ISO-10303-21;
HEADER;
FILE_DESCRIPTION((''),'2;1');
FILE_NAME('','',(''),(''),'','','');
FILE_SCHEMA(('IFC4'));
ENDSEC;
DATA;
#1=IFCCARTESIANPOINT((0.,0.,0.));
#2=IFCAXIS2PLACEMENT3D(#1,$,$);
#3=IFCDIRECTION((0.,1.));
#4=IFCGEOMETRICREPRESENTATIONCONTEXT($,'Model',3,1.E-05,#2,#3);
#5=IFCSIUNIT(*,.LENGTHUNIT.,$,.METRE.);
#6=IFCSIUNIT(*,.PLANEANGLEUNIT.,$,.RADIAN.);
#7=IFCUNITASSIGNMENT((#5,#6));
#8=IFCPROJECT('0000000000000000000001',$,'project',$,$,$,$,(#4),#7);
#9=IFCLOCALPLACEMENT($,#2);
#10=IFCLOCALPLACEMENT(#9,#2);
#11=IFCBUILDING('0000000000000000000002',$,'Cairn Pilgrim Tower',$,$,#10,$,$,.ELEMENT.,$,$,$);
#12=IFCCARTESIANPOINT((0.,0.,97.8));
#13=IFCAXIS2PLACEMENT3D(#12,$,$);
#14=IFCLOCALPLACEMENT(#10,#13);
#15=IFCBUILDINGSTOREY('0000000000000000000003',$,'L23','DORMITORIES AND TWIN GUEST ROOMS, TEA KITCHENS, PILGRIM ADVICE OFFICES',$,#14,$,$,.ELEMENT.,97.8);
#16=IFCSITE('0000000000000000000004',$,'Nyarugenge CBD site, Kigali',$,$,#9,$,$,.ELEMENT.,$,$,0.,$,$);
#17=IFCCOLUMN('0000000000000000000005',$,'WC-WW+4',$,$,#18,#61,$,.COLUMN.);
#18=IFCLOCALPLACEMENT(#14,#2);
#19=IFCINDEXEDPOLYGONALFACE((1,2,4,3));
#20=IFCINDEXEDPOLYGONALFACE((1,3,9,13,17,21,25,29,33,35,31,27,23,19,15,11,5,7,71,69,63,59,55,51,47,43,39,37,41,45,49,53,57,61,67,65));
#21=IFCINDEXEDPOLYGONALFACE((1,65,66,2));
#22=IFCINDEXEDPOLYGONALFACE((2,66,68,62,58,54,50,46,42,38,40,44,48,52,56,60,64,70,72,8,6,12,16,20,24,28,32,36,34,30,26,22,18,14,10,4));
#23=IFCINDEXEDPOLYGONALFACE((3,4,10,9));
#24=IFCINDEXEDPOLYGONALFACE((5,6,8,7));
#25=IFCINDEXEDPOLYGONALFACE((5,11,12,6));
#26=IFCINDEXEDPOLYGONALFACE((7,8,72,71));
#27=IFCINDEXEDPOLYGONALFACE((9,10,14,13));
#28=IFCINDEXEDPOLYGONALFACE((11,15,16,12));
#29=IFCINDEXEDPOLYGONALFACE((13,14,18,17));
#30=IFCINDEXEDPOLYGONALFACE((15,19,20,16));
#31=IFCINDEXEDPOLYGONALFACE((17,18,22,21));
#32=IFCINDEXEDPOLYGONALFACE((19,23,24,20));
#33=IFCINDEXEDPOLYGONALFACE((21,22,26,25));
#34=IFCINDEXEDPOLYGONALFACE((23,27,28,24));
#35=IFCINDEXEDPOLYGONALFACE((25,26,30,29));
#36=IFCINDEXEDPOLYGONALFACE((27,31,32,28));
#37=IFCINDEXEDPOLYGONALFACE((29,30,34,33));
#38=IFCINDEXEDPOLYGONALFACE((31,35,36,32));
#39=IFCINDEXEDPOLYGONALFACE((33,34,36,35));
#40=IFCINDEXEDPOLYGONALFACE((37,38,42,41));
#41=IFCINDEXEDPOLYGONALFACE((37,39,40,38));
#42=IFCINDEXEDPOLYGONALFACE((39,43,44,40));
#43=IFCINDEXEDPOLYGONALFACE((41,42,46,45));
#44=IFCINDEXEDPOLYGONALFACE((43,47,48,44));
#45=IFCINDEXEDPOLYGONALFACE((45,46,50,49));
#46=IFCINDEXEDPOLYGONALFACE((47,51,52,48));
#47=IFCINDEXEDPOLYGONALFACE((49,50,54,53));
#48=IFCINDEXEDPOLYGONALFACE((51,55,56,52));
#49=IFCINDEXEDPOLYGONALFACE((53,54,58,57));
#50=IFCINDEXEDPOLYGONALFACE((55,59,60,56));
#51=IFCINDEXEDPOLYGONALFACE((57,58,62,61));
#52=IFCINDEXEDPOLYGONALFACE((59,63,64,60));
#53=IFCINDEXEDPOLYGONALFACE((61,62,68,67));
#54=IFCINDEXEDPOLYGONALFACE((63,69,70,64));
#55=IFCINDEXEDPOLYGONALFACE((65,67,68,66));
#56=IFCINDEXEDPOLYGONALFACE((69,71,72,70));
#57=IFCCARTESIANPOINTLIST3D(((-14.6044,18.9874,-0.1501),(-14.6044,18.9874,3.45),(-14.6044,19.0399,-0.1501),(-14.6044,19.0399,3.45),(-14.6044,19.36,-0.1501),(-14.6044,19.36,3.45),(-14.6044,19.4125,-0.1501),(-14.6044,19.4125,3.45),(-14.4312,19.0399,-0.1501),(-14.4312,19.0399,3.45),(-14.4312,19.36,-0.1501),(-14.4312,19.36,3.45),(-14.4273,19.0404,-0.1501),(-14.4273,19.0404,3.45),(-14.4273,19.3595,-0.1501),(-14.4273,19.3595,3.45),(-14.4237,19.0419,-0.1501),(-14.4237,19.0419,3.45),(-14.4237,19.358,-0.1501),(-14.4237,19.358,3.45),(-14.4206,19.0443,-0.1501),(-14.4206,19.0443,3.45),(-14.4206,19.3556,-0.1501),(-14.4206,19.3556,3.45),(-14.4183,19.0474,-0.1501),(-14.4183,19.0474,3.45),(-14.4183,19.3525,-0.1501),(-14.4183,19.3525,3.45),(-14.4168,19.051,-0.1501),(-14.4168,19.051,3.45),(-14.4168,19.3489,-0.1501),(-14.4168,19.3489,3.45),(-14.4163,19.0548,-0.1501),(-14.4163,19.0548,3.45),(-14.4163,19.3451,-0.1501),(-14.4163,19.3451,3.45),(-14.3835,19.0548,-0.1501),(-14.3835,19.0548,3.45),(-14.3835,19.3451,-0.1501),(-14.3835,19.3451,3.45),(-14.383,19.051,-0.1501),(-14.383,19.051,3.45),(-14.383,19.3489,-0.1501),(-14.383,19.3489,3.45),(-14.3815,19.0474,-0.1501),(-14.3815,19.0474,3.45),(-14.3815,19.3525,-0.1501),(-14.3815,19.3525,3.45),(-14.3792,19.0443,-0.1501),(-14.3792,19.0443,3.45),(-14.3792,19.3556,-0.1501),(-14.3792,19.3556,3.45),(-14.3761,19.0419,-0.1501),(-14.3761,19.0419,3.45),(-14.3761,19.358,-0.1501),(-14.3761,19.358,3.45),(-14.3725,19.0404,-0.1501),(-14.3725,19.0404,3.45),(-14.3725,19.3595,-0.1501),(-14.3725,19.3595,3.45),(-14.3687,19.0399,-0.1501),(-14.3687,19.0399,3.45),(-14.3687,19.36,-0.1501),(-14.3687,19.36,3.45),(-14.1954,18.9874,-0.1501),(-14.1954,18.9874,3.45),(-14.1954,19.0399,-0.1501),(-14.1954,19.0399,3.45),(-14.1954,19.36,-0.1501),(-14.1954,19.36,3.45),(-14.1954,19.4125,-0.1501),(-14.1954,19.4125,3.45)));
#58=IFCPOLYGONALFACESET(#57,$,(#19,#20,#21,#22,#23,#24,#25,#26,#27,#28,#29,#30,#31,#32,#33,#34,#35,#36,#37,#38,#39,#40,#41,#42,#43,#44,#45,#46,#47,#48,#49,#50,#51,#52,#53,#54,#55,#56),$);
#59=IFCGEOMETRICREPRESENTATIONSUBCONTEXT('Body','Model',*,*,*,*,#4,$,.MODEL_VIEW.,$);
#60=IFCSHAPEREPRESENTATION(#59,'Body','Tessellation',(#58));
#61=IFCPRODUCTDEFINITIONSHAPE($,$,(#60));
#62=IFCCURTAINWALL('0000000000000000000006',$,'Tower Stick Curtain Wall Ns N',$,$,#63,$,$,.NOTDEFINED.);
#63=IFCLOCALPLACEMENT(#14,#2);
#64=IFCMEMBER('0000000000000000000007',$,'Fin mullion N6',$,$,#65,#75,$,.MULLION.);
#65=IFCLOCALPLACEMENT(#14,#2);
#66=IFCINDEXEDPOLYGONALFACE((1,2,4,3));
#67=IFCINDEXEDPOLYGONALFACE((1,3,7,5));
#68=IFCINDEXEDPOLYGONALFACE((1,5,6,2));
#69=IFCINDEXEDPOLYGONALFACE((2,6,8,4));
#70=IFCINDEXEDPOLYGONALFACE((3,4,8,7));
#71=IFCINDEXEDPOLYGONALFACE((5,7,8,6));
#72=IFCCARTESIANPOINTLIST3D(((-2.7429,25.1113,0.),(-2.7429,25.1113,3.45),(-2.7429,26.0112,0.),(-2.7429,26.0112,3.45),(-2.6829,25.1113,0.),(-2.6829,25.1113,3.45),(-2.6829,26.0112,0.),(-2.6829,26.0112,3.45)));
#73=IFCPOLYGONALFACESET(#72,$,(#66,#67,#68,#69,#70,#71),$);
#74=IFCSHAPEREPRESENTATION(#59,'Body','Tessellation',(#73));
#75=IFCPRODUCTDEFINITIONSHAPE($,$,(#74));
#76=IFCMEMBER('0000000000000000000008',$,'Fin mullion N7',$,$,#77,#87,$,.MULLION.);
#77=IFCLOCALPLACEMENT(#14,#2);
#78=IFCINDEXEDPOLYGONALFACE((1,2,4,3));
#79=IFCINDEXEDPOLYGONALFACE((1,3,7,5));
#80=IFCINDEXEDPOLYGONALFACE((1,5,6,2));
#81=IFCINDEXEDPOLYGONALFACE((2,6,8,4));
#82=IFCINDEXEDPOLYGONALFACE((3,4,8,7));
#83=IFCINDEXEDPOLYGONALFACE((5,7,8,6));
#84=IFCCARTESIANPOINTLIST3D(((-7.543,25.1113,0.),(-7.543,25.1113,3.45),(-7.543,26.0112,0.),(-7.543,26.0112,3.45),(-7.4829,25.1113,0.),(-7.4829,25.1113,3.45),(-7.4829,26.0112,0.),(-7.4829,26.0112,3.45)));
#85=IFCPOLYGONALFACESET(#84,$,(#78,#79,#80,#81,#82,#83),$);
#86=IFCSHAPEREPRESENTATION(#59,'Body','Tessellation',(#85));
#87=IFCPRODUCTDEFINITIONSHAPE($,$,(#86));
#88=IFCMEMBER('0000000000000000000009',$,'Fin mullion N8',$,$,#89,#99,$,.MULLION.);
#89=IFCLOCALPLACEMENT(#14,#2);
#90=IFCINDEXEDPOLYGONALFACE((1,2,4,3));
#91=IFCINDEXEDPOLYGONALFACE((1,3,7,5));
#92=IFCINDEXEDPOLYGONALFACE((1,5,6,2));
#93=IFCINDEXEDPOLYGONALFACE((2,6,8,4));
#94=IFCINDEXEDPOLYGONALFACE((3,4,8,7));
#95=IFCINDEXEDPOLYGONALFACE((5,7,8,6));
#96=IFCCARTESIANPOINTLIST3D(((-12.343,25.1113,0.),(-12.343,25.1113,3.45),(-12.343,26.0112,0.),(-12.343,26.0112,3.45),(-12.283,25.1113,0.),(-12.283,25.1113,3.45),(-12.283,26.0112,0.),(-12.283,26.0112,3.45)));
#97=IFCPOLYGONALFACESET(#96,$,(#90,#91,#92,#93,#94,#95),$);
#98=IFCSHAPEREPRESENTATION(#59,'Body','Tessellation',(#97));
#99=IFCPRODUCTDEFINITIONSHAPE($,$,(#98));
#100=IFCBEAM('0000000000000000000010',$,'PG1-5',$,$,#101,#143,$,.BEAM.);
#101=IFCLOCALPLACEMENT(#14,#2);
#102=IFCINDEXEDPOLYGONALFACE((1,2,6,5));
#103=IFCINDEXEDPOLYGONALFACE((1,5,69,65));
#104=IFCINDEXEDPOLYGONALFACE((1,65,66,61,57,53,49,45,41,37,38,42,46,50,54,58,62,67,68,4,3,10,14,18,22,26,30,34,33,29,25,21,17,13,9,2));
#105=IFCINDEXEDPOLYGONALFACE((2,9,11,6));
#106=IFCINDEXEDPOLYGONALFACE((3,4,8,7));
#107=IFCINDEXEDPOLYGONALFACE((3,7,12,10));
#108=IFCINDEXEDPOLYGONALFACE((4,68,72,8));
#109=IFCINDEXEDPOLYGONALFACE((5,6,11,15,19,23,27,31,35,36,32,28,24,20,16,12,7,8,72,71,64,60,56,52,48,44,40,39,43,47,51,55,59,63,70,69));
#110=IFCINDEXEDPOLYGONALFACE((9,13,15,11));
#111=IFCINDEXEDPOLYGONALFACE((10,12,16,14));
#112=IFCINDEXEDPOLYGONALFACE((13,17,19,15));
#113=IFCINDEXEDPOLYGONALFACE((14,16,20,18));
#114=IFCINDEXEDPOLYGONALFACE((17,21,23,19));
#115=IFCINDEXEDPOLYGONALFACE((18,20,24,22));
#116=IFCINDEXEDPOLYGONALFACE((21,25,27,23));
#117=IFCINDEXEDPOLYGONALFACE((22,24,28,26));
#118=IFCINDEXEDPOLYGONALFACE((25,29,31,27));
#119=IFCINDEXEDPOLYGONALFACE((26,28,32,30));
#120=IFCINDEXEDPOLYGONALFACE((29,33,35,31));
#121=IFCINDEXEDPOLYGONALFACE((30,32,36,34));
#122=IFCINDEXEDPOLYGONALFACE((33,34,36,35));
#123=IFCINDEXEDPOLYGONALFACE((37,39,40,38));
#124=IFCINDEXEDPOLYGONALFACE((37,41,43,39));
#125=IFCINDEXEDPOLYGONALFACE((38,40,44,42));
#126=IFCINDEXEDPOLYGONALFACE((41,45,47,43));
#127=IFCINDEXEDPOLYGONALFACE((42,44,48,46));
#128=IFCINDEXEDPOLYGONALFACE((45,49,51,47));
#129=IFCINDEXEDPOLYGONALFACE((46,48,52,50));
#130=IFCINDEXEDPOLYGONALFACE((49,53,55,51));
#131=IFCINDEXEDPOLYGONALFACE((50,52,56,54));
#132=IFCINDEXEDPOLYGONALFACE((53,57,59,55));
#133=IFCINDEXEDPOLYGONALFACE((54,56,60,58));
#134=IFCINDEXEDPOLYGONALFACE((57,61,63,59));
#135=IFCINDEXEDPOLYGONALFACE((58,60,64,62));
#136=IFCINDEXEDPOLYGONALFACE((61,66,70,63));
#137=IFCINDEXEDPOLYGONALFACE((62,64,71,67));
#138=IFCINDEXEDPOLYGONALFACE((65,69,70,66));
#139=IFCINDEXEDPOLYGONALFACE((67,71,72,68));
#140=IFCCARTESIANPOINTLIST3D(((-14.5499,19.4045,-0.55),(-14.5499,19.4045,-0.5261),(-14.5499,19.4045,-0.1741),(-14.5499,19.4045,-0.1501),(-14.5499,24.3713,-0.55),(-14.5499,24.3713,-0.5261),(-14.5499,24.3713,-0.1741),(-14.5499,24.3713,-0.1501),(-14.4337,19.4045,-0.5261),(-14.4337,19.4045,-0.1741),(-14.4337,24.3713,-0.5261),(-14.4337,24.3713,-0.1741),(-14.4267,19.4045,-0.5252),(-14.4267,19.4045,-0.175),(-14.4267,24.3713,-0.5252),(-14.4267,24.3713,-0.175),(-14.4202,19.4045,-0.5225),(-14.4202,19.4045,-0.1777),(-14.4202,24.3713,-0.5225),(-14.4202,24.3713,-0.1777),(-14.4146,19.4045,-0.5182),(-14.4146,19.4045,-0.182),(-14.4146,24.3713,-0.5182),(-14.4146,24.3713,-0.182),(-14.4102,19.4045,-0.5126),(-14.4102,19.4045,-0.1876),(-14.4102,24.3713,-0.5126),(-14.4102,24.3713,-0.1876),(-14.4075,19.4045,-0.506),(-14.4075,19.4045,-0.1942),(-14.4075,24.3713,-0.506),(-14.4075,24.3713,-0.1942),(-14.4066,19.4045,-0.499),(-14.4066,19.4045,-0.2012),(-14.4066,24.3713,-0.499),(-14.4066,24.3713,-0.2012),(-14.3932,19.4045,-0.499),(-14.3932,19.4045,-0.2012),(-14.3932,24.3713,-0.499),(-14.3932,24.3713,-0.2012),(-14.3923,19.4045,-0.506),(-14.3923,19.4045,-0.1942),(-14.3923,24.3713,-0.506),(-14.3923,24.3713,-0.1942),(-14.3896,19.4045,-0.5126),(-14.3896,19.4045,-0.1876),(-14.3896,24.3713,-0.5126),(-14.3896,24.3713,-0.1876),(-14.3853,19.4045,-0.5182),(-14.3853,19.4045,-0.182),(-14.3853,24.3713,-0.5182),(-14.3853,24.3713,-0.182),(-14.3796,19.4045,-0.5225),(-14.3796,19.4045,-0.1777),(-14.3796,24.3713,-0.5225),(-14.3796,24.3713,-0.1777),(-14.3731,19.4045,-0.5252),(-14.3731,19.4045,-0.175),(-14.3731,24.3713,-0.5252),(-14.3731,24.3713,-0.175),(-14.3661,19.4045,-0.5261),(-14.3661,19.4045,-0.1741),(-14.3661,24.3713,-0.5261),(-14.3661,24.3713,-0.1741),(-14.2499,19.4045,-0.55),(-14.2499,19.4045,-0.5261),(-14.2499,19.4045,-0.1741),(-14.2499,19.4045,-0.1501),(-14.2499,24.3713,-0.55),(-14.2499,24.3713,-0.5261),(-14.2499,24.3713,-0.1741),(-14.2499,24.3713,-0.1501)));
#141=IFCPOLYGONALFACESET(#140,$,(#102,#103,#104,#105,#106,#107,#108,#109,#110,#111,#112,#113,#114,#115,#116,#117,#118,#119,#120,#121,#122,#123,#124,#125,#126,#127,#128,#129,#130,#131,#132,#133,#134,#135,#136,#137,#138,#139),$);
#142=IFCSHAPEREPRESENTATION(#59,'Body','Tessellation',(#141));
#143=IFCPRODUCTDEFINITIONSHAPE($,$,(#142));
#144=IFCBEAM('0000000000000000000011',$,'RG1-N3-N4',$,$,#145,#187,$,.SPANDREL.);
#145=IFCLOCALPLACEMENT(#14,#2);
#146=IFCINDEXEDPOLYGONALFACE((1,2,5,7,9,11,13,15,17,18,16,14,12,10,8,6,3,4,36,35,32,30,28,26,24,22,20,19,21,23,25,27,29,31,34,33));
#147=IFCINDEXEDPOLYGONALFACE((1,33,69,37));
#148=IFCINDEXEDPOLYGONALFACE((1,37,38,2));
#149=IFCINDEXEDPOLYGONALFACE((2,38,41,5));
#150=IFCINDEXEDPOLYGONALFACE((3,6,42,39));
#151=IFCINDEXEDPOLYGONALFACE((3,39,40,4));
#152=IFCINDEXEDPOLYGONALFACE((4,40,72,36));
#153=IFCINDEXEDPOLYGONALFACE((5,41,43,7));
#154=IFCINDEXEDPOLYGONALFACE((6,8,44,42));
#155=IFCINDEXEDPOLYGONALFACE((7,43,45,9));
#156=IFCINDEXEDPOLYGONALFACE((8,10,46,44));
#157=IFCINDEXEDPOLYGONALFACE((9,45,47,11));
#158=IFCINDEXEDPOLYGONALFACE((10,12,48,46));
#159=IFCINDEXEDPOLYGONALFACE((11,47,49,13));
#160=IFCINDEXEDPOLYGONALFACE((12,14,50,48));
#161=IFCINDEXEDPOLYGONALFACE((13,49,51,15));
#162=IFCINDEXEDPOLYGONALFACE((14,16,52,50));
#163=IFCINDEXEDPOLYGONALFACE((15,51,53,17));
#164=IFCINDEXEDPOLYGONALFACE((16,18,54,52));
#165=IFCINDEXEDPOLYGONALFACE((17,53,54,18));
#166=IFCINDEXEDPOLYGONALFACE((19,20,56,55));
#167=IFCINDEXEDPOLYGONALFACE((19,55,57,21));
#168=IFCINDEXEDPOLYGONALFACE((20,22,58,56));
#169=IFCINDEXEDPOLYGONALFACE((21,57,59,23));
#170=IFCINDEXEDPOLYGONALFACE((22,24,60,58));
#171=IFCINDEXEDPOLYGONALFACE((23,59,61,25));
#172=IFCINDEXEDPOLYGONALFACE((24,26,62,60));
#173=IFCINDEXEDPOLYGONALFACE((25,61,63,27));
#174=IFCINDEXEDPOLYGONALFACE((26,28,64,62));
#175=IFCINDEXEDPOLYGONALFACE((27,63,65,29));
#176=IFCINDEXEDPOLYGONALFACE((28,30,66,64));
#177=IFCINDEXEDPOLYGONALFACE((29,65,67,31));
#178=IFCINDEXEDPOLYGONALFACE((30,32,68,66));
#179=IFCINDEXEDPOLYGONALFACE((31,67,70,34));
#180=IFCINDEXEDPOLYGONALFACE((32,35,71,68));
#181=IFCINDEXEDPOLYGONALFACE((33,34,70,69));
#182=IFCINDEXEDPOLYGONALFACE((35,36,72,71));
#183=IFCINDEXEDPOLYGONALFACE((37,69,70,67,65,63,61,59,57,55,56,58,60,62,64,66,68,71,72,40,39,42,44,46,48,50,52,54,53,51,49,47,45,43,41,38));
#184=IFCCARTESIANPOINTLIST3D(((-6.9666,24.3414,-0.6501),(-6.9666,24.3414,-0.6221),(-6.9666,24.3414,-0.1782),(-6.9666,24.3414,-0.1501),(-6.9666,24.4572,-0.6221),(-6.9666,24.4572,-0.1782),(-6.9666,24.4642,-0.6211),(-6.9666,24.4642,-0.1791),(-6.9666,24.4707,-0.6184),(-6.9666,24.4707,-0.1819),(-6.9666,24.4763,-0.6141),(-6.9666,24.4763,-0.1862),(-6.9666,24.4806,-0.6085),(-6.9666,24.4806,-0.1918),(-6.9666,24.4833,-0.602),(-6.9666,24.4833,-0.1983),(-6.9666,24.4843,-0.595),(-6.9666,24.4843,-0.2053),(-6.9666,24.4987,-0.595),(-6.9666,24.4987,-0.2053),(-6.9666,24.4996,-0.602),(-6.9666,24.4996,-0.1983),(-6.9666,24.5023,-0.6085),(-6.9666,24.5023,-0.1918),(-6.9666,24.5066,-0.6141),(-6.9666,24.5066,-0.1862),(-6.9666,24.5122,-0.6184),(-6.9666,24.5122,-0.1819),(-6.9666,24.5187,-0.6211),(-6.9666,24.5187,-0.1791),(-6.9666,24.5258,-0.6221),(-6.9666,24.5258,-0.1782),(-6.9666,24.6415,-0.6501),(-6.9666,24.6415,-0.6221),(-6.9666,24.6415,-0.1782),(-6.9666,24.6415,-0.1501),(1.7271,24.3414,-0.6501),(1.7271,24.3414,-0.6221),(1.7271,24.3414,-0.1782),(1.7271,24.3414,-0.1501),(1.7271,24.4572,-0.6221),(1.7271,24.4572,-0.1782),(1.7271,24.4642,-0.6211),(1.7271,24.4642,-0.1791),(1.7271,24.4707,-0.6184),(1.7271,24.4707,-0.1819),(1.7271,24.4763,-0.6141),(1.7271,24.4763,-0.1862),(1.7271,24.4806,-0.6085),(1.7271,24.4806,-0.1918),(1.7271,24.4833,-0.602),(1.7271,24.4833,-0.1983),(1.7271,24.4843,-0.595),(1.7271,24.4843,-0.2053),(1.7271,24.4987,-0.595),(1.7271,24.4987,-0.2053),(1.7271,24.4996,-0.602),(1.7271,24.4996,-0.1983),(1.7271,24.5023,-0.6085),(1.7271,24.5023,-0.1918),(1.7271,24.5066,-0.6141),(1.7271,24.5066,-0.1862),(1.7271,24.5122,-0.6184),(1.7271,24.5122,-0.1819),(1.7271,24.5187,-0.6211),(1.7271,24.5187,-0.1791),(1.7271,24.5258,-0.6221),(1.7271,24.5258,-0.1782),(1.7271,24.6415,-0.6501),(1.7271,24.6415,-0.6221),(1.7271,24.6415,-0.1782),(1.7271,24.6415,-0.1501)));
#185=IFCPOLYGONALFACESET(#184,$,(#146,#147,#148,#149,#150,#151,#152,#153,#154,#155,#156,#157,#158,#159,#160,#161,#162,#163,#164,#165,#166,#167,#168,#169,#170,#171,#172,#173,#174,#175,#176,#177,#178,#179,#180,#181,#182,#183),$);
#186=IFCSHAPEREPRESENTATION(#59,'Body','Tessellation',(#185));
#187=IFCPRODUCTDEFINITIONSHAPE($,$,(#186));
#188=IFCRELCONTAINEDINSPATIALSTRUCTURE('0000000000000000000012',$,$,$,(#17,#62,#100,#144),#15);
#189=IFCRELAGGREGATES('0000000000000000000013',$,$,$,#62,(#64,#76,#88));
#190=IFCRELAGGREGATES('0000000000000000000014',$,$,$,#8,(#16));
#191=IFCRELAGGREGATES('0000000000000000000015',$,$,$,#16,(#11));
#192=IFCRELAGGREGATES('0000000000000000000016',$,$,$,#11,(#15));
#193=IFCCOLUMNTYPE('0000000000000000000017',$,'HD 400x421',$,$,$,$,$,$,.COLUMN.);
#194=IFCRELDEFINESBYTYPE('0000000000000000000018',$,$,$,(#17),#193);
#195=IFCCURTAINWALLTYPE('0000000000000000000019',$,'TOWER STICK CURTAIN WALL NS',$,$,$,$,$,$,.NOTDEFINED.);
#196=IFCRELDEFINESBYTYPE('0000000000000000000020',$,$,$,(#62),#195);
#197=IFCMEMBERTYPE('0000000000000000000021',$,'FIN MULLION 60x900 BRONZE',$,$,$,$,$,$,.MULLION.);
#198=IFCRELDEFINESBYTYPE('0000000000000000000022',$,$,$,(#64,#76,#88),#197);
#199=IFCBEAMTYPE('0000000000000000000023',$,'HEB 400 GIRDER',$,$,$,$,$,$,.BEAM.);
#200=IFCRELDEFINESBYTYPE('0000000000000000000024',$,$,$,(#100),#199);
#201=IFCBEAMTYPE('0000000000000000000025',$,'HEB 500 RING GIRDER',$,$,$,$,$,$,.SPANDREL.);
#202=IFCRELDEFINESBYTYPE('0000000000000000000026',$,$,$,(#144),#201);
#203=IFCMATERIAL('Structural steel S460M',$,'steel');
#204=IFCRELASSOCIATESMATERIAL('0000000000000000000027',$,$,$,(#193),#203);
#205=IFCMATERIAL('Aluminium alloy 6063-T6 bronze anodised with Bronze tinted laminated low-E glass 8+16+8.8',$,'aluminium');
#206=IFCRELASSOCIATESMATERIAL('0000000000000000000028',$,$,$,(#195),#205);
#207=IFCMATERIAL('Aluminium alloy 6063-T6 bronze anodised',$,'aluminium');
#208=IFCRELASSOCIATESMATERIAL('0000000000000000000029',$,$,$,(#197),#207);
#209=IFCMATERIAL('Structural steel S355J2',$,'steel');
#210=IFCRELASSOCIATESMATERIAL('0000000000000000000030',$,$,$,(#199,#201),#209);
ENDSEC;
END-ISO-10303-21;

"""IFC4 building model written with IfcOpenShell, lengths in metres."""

from ifc_helpers import new_model, si_unit, direction, frame, origin, origin_2d, place, context, subcontext, project, spatial, rectangle, i_section, extrude, material, material_profile, profile_set, type_object, element, aggregate, save


model = new_model("IFC4")

# Units and contexts
model_context = context("Model", 3, precision=1e-05, world=origin(), true_north=direction((0.0, 1.0)))
body_context = subcontext(model_context, "Body", "Model", "MODEL_VIEW")
ifc_project = project(units=[si_unit("LENGTHUNIT", "METRE"), si_unit("PLANEANGLEUNIT", "RADIAN")], contexts=[model_context])

# Site, building, storey
site_placement = place(None, origin())
site = spatial("IfcSite", under=ifc_project, at=site_placement, Name="Nyarugenge CBD site, Kigali", CompositionType="ELEMENT", RefElevation=0.0)
building_placement = place(site_placement, origin())
building = spatial("IfcBuilding", under=site, at=building_placement, Name="Cairn Pilgrim Tower", CompositionType="ELEMENT")
storey_placement = place(building_placement, frame((0.0, 0.0, 97.8)))
storey = spatial("IfcBuildingStorey", under=building, at=storey_placement, Name="L23", Description="DORMITORIES AND TWIN GUEST ROOMS, TEA KITCHENS, PILGRIM ADVICE OFFICES", CompositionType="ELEMENT", Elevation=97.8)

# Column
ifc_material_1 = material(Name="Structural steel S460M", Category="steel")
ifc_material_profile_1 = material_profile(ifc_material_1, i_section(OverallWidth=0.4089, OverallDepth=0.425, WebThickness=0.0327, FlangeThickness=0.0525, FilletRadius=0.0149, at=origin_2d()), Name="HD 400x421")
ifc_profile_set_1 = profile_set([ifc_material_profile_1], Name="Structural steel S460M")
column_type_1 = type_object("IfcColumnType", Name="HD 400x421", PredefinedType="COLUMN", material=ifc_profile_set_1)
column_placement = place(storey_placement, frame((-14.3999, 19.2, -0.1501), z_axis=(0.0, 0.0, 1.0), x_axis=(1.0, 0.0, 0.0)))
element("IfcColumn", 1, at=column_placement, inside=storey, type_object=column_type_1, Name="WC-WW+4", PredefinedType="COLUMN", context=body_context, shape_type="SweptSolid", body=[
    extrude(i_section(OverallWidth=0.4089, OverallDepth=0.425, WebThickness=0.0327, FlangeThickness=0.0525, FilletRadius=0.0149, at=origin_2d()), origin(), (0.0, 0.0, 1.0), 3.6001),
])

# Curtain wall, members
ifc_material_2 = material(Name="Aluminium alloy 6063-T6 bronze anodised with Bronze tinted laminated low-E glass 8+16+8.8", Category="aluminium")
curtain_wall_type = type_object("IfcCurtainWallType", Name="TOWER STICK CURTAIN WALL NS", PredefinedType="NOTDEFINED", material=ifc_material_2)
curtain_wall_placement = place(storey_placement, origin())
curtain_wall = element("IfcCurtainWall", 2, at=curtain_wall_placement, inside=storey, type_object=curtain_wall_type, Name="Tower Stick Curtain Wall Ns N", PredefinedType="NOTDEFINED")
ifc_material_3 = material(Name="Aluminium alloy 6063-T6 bronze anodised", Category="aluminium")
ifc_material_profile_2 = material_profile(ifc_material_3, rectangle(XDim=0.8999, YDim=0.0601, at=origin_2d()), Name="FIN MULLION 60x900 BRONZE")
ifc_profile_set_2 = profile_set([ifc_material_profile_2], Name="Aluminium alloy 6063-T6 bronze anodised")
member_type_1 = type_object("IfcMemberType", Name="FIN MULLION 60x900 BRONZE", PredefinedType="MULLION", material=ifc_profile_set_2)
member_1_placement = place(storey_placement, frame((-2.7129, 25.5613, 0.0), z_axis=(0.0, 0.0, 1.0), x_axis=(0.0, 1.0, 0.0)))
member_1 = element("IfcMember", 3, at=member_1_placement, type_object=member_type_1, Name="Fin mullion N6", PredefinedType="MULLION", context=body_context, shape_type="SweptSolid", body=[
    extrude(rectangle(XDim=0.8999, YDim=0.0601, at=origin_2d()), origin(), (0.0, 0.0, 1.0), 3.45),
])
member_2_placement = place(storey_placement, frame((-7.5129, 25.5613, 0.0), z_axis=(0.0, 0.0, 1.0), x_axis=(0.0, 1.0, 0.0)))
member_2 = element("IfcMember", 4, at=member_2_placement, type_object=member_type_1, Name="Fin mullion N7", PredefinedType="MULLION", context=body_context, shape_type="SweptSolid", body=[
    extrude(rectangle(XDim=0.8999, YDim=0.0601, at=origin_2d()), origin(), (0.0, 0.0, 1.0), 3.45),
])
member_3_placement = place(storey_placement, frame((-12.313, 25.5613, 0.0), z_axis=(0.0, 0.0, 1.0), x_axis=(0.0, 1.0, 0.0)))
member_3 = element("IfcMember", 5, at=member_3_placement, type_object=member_type_1, Name="Fin mullion N8", PredefinedType="MULLION", context=body_context, shape_type="SweptSolid", body=[
    extrude(rectangle(XDim=0.8999, YDim=0.0601, at=origin_2d()), origin(), (0.0, 0.0, 1.0), 3.45),
])

# Beams
ifc_material_4 = material(Name="Structural steel S355J2", Category="steel")
ifc_material_profile_3 = material_profile(ifc_material_4, i_section(OverallWidth=0.3, OverallDepth=0.3999, WebThickness=0.0134, FlangeThickness=0.0239, FilletRadius=0.0271, at=origin_2d()), Name="HEB 400")
ifc_profile_set_3 = profile_set([ifc_material_profile_3], Name="Structural steel S355J2")
beam_type_1 = type_object("IfcBeamType", Name="HEB 400 GIRDER", PredefinedType="BEAM", material=ifc_profile_set_3)
beam_1_placement = place(storey_placement, frame((-14.3999, 19.4045, -0.3501), z_axis=(0.0, 1.0, 0.0), x_axis=(-1.0, 0.0, 0.0)))
element("IfcBeam", 6, at=beam_1_placement, inside=storey, type_object=beam_type_1, Name="PG1-5", PredefinedType="BEAM", context=body_context, shape_type="SweptSolid", body=[
    extrude(i_section(OverallWidth=0.3, OverallDepth=0.3999, WebThickness=0.0134, FlangeThickness=0.0239, FilletRadius=0.0271, at=origin_2d()), origin(), (0.0, 0.0, 1.0), 4.9668),
])
ifc_material_profile_4 = material_profile(ifc_material_4, i_section(OverallWidth=0.3, OverallDepth=0.5, WebThickness=0.0144, FlangeThickness=0.0281, FilletRadius=0.0271, at=origin_2d()), Name="HEB 500")
ifc_profile_set_4 = profile_set([ifc_material_profile_4], Name="Structural steel S355J2")
beam_type_2 = type_object("IfcBeamType", Name="HEB 500 RING GIRDER", PredefinedType="SPANDREL", material=ifc_profile_set_4)
for number, where, z_axis, x_axis, name in (
    (7, (1.7271, 24.4915, -0.4001), (-1.0, 0.0, 0.0), (0.0, -1.0, 0.0), "RG1-N3-N4"),
):
    element("IfcBeam", number, at=place(storey_placement, frame(where, z_axis=z_axis, x_axis=x_axis)), inside=storey, type_object=beam_type_2, Name=name, PredefinedType="SPANDREL", context=body_context, shape_type="SweptSolid", body=[
        extrude(i_section(OverallWidth=0.3, OverallDepth=0.5, WebThickness=0.0144, FlangeThickness=0.0281, FilletRadius=0.0271, at=origin_2d()), origin(), (0.0, 0.0, 1.0), 8.6936),
    ])

aggregate(curtain_wall, [member_1, member_2, member_3])

save(model, "model.ifc")
